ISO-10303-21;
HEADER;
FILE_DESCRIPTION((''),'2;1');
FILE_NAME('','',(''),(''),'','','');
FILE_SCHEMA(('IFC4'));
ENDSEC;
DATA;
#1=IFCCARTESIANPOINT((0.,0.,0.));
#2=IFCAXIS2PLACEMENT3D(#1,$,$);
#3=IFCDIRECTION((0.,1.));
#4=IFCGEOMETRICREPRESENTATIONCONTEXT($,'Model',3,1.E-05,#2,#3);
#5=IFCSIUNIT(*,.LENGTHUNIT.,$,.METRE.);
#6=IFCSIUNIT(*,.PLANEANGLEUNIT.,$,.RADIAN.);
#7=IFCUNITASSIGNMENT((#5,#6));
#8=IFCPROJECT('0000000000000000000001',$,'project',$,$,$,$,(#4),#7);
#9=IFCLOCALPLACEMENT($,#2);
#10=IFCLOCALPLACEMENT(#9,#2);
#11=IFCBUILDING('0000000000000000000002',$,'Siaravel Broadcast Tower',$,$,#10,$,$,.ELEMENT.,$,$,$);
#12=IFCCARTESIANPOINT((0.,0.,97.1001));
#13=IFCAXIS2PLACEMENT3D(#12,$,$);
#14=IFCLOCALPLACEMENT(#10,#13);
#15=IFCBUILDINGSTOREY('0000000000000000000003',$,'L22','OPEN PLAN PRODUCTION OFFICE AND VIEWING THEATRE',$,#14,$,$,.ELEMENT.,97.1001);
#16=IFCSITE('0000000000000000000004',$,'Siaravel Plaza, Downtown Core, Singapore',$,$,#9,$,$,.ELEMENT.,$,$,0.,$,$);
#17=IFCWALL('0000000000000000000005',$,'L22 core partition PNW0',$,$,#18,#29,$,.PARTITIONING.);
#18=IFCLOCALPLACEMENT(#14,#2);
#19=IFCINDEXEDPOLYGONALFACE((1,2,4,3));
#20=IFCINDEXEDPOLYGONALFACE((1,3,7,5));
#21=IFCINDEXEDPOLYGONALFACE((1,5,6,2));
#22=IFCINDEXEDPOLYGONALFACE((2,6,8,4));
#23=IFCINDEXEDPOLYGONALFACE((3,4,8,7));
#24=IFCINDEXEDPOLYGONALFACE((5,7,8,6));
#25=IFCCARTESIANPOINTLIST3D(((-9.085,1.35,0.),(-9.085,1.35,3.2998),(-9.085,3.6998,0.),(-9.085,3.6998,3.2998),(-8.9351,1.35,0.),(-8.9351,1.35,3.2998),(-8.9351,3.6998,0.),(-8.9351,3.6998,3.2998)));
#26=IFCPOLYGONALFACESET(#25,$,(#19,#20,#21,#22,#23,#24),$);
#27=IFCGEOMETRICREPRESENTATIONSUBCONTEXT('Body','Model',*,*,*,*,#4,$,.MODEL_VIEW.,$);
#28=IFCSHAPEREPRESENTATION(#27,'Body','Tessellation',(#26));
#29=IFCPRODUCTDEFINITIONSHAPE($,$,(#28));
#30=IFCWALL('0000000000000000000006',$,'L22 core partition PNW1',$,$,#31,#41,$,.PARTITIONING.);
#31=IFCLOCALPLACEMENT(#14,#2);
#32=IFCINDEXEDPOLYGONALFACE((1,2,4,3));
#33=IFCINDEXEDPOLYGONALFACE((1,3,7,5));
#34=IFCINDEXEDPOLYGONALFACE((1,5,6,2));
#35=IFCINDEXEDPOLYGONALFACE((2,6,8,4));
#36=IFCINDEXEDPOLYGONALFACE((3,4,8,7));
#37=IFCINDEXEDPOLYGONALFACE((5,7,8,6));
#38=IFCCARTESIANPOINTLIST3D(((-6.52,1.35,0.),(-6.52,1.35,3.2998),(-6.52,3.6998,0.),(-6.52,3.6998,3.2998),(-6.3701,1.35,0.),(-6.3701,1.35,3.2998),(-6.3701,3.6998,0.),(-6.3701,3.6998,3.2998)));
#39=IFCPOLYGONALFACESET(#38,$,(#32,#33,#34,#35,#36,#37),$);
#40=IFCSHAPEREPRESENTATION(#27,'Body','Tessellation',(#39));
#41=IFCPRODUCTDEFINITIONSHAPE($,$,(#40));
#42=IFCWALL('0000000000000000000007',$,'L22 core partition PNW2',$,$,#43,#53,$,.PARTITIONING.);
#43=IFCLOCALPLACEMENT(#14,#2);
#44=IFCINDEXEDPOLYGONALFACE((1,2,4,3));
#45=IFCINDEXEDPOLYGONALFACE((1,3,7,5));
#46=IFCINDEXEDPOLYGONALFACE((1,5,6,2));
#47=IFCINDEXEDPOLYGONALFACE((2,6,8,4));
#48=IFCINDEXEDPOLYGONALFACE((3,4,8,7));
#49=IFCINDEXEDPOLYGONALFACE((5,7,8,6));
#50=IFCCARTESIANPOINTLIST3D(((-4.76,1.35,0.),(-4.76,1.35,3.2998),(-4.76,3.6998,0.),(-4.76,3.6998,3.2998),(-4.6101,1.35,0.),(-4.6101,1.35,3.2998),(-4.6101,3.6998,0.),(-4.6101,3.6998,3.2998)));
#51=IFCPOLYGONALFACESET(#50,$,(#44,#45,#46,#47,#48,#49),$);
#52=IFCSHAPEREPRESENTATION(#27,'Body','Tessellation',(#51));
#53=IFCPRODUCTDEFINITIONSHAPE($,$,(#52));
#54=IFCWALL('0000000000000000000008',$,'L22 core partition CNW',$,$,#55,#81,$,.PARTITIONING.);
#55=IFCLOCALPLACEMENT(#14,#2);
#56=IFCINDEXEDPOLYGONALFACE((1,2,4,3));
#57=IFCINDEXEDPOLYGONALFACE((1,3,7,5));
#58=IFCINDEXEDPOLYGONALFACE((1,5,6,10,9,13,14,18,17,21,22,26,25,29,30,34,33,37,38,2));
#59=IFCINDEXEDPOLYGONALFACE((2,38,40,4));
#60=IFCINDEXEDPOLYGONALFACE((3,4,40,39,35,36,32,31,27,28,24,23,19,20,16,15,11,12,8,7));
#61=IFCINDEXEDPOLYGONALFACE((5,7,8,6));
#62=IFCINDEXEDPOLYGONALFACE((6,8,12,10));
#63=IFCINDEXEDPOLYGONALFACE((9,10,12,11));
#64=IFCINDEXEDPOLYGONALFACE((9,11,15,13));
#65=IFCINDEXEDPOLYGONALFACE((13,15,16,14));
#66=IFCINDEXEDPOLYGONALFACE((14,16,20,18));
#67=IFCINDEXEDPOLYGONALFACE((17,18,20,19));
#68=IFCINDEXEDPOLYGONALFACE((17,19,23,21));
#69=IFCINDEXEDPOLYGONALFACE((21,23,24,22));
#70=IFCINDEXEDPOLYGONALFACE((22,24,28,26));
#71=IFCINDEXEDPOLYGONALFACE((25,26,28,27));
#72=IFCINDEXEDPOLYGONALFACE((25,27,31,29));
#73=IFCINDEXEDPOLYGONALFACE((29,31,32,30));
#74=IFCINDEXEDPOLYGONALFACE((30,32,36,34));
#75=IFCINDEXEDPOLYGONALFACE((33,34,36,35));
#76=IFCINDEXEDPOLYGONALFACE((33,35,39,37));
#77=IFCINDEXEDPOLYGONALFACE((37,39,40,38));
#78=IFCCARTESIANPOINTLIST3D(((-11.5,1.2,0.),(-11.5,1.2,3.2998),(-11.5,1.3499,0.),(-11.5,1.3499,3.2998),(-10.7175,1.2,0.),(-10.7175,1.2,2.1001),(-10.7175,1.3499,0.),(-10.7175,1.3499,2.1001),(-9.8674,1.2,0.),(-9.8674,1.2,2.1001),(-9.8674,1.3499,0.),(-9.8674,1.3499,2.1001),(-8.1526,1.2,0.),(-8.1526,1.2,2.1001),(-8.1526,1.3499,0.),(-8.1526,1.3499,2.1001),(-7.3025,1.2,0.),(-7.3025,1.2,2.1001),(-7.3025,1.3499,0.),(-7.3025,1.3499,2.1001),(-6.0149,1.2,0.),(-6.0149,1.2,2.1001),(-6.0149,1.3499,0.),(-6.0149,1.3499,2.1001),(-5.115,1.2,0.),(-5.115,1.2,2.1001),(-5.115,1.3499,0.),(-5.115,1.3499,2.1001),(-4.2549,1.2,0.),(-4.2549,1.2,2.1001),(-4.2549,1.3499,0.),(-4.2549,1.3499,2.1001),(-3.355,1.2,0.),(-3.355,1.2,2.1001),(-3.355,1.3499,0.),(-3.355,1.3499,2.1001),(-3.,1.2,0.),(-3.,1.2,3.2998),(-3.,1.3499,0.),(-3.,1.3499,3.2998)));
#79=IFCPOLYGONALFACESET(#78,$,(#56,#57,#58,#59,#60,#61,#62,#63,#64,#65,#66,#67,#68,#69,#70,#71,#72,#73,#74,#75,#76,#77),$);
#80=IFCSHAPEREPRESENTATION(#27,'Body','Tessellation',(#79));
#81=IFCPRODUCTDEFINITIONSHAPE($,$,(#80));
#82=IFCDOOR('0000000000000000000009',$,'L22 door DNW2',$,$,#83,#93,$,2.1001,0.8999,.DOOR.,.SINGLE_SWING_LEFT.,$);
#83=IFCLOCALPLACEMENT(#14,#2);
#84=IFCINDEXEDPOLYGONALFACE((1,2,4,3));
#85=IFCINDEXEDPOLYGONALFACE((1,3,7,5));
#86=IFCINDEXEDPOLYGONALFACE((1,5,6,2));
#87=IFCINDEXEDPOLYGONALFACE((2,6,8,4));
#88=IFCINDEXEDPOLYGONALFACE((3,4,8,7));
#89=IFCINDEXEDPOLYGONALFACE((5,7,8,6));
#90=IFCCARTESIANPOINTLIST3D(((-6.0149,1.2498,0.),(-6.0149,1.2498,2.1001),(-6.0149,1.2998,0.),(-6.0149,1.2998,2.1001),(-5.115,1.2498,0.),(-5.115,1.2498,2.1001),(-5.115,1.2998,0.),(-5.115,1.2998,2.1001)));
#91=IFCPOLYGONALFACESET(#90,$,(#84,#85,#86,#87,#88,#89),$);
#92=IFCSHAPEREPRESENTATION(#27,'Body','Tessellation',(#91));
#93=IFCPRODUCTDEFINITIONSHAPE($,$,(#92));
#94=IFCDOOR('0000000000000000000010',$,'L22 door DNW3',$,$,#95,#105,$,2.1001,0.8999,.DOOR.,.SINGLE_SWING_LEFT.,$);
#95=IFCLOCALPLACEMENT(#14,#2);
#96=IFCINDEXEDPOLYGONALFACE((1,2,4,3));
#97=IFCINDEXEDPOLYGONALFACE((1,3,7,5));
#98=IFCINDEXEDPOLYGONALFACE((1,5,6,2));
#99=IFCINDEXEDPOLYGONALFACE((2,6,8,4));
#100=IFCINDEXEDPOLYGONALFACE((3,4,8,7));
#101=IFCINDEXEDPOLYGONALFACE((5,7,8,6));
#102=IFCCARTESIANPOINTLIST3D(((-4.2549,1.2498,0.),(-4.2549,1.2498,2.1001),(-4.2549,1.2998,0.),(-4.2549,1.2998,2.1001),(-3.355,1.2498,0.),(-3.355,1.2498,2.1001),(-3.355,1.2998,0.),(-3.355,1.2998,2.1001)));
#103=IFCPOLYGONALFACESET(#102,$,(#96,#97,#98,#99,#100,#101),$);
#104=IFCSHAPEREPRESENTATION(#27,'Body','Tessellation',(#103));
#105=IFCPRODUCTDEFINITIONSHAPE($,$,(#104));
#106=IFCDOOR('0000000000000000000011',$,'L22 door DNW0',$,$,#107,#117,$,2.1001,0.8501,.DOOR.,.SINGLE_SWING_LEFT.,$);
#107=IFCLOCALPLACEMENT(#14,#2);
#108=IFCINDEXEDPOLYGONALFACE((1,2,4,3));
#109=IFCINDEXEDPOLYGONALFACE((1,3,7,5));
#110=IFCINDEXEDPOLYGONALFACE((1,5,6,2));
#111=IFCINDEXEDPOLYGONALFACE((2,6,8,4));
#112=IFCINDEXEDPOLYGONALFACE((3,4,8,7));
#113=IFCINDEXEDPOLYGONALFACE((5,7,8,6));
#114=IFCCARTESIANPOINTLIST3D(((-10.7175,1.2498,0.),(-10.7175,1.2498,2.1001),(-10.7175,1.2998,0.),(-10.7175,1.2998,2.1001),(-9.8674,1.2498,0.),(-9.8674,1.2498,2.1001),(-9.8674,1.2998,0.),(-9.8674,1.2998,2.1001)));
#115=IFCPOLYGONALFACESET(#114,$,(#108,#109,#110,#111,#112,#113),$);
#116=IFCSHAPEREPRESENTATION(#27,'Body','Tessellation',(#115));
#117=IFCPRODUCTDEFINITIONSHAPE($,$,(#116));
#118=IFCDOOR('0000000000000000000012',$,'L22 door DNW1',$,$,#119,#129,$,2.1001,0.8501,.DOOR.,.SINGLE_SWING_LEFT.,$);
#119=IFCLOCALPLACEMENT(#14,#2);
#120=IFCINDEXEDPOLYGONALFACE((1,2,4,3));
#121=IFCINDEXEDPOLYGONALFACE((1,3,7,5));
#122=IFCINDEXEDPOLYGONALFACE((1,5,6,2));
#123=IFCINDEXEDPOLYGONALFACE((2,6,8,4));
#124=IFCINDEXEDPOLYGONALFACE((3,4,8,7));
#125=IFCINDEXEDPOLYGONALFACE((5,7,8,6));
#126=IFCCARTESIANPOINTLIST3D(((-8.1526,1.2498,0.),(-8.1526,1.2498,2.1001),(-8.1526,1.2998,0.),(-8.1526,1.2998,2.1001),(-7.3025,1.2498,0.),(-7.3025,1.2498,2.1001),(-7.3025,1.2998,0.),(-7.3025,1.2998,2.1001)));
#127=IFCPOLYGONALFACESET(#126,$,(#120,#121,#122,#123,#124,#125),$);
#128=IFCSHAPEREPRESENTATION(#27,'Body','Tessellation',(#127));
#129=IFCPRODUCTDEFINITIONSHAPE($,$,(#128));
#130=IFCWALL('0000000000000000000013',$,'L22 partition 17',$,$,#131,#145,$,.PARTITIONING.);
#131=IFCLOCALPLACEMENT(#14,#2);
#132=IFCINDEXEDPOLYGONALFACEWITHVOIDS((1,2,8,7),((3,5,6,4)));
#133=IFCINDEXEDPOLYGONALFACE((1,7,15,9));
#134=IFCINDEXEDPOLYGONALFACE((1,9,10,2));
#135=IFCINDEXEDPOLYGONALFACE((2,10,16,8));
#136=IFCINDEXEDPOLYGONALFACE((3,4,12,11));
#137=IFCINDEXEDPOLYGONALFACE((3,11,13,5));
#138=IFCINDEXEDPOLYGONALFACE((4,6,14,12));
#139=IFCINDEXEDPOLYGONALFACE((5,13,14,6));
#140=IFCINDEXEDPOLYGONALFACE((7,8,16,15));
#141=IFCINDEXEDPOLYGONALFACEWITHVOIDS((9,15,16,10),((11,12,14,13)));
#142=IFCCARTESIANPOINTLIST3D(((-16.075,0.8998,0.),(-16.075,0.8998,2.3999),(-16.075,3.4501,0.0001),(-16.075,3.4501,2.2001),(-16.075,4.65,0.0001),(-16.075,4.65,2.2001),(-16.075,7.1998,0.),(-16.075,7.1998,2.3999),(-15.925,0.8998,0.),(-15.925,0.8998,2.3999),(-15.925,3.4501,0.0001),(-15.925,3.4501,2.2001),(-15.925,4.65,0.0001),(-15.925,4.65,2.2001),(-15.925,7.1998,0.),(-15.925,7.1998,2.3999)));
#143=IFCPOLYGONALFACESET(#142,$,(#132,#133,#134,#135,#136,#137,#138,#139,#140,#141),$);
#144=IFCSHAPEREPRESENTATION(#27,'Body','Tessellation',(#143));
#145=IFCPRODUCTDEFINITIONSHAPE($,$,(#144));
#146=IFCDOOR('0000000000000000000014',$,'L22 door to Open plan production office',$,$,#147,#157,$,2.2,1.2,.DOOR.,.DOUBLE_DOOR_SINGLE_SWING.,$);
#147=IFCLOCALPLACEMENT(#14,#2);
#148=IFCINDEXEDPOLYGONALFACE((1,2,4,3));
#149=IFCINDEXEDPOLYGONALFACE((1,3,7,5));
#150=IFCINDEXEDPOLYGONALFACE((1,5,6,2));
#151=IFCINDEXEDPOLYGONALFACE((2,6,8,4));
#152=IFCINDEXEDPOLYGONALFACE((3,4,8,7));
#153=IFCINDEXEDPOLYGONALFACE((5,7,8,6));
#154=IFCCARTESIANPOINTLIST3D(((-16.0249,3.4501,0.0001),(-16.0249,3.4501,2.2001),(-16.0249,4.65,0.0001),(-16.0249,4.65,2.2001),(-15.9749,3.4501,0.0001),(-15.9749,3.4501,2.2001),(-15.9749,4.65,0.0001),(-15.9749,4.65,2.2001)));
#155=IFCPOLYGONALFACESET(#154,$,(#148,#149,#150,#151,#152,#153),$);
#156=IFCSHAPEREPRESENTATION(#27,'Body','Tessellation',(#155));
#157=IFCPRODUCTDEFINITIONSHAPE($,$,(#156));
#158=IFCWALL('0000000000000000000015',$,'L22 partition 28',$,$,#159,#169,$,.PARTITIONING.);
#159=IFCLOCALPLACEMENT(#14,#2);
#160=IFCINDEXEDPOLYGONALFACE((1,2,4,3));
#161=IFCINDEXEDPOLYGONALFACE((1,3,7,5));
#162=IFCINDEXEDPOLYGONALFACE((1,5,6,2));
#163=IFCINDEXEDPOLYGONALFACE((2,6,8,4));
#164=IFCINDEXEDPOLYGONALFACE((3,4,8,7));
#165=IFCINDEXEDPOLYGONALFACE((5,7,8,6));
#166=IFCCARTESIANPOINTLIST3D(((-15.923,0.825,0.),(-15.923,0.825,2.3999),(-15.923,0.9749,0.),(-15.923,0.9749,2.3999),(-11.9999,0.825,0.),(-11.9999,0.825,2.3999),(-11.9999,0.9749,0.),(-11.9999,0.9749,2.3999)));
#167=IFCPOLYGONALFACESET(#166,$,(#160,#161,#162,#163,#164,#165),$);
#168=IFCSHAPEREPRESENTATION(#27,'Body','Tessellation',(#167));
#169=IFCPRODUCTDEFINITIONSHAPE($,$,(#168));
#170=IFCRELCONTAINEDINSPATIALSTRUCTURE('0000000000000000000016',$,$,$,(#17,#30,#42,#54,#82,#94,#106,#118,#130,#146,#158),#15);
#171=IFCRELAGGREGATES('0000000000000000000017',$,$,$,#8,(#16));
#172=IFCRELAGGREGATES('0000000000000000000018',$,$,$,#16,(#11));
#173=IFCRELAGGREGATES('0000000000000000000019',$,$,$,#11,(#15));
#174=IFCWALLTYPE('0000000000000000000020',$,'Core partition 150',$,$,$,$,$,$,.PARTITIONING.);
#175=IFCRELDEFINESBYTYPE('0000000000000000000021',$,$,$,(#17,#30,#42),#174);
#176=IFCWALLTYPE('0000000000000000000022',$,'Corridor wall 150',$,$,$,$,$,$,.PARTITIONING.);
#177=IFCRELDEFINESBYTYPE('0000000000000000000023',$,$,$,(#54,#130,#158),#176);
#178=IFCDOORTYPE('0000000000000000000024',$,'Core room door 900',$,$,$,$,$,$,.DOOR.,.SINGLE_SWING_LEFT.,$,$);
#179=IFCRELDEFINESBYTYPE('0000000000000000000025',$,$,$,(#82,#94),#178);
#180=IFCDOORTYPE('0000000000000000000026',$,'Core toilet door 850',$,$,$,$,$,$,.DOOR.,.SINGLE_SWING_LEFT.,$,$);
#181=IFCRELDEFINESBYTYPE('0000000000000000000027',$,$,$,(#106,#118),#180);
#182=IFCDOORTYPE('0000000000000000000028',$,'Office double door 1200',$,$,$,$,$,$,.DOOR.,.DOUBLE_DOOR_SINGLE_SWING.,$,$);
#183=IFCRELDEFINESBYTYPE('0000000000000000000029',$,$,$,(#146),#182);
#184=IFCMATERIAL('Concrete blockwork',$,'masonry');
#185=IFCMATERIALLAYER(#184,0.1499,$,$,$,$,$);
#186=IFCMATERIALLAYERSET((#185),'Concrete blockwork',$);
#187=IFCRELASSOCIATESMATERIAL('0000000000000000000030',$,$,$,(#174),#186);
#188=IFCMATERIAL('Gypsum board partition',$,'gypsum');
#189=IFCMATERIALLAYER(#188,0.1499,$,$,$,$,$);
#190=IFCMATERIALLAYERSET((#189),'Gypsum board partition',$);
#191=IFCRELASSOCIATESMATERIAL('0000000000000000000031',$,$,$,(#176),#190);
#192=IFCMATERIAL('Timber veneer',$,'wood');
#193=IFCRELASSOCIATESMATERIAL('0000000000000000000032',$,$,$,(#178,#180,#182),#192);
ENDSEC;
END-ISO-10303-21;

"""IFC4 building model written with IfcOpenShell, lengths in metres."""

from ifc_helpers import new_model, si_unit, direction, frame, frame_2d, origin, place, context, subcontext, project, spatial, rectangle, extrude, material, layer, layer_set, type_object, element, fill, save


model = new_model("IFC4")

# Units and contexts
model_context = context("Model", 3, precision=1e-05, world=origin(), true_north=direction((0.0, 1.0)))
body_context = subcontext(model_context, "Body", "Model", "MODEL_VIEW")
ifc_project = project(units=[si_unit("LENGTHUNIT", "METRE"), si_unit("PLANEANGLEUNIT", "RADIAN")], contexts=[model_context])

# Site, building, storey
site_placement = place(None, origin())
site = spatial("IfcSite", under=ifc_project, at=site_placement, Name="Siaravel Plaza, Downtown Core, Singapore", CompositionType="ELEMENT", RefElevation=0.0)
building_placement = place(site_placement, origin())
building = spatial("IfcBuilding", under=site, at=building_placement, Name="Siaravel Broadcast Tower", CompositionType="ELEMENT")
storey_placement = place(building_placement, frame((0.0, 0.0, 97.1001)))
storey = spatial("IfcBuildingStorey", under=building, at=storey_placement, Name="L22", Description="OPEN PLAN PRODUCTION OFFICE AND VIEWING THEATRE", CompositionType="ELEMENT", Elevation=97.1001)

# Walls
ifc_material_1 = material(Name="Concrete blockwork", Category="masonry")
ifc_layer_1 = layer(ifc_material_1, 0.1499)
ifc_layer_set_1 = layer_set([ifc_layer_1], Name="Concrete blockwork")
wall_type_1 = type_object("IfcWallType", Name="Core partition 150", PredefinedType="PARTITIONING", material=ifc_layer_set_1)
for number, where, z_axis, x_axis, name in (
    (1, (-9.01, 1.3501, 0.0), (0.0, 0.0, 1.0), (0.0, 1.0, 0.0), "L22 core partition PNW0"),
    (2, (-6.4451, 1.3501, 0.0), (0.0, 0.0, 1.0), (0.0, 1.0, 0.0), "L22 core partition PNW1"),
    (3, (-4.6851, 1.3501, 0.0), (0.0, 0.0, 1.0), (0.0, 1.0, 0.0), "L22 core partition PNW2"),
):
    element("IfcWall", number, at=place(storey_placement, frame(where, z_axis=z_axis, x_axis=x_axis)), inside=storey, type_object=wall_type_1, Name=name, PredefinedType="PARTITIONING", context=body_context, shape_type="SweptSolid", body=[
        extrude(rectangle(XDim=2.3499, YDim=0.1499, at=frame_2d((1.1748, 0.0))), origin(), (0.0, 0.0, 1.0), 3.2998),
    ])

# Wall, openings, doors
ifc_material_2 = material(Name="Gypsum board partition", Category="gypsum")
ifc_layer_2 = layer(ifc_material_2, 0.1499)
ifc_layer_set_2 = layer_set([ifc_layer_2], Name="Gypsum board partition")
wall_type_2 = type_object("IfcWallType", Name="Corridor wall 150", PredefinedType="PARTITIONING", material=ifc_layer_set_2)
wall_1_placement = place(storey_placement, frame((-11.5, 1.2749, 0.0), z_axis=(0.0, 0.0, 1.0), x_axis=(1.0, 0.0, 0.0)))
wall_1 = element("IfcWall", 4, at=wall_1_placement, inside=storey, type_object=wall_type_2, Name="L22 core partition CNW", PredefinedType="PARTITIONING", context=body_context, shape_type="SweptSolid", body=[
    extrude(rectangle(XDim=8.5, YDim=0.1499, at=frame_2d((4.25, 0.0))), origin(), (0.0, 0.0, 1.0), 3.2998),
])
opening_1_placement = place(wall_1_placement, frame((0.7825, 0.0, 0.0)))
opening_1 = element("IfcOpeningElement", 5, at=opening_1_placement, cuts=wall_1, PredefinedType="OPENING", context=body_context, shape_type="SweptSolid", body=[
    extrude(rectangle(XDim=0.8501, YDim=2.1001, at=frame_2d((0.425, 1.05))), frame((0.0, 0.085, 0.0), z_axis=(0.0, -1.0, 0.0), x_axis=(1.0, 0.0, 0.0)), (0.0, 0.0, 1.0), 0.1699),
])
opening_2_placement = place(wall_1_placement, frame((3.3474, 0.0, 0.0)))
opening_2 = element("IfcOpeningElement", 6, at=opening_2_placement, cuts=wall_1, PredefinedType="OPENING", context=body_context, shape_type="SweptSolid", body=[
    extrude(rectangle(XDim=0.8501, YDim=2.1001, at=frame_2d((0.425, 1.05))), frame((0.0, 0.085, 0.0), z_axis=(0.0, -1.0, 0.0), x_axis=(1.0, 0.0, 0.0)), (0.0, 0.0, 1.0), 0.1699),
])
opening_3_placement = place(wall_1_placement, frame((5.4851, 0.0, 0.0)))
opening_3 = element("IfcOpeningElement", 7, at=opening_3_placement, cuts=wall_1, PredefinedType="OPENING", context=body_context, shape_type="SweptSolid", body=[
    extrude(rectangle(XDim=0.8999, YDim=2.1001, at=frame_2d((0.45, 1.05))), frame((0.0, 0.085, 0.0), z_axis=(0.0, -1.0, 0.0), x_axis=(1.0, 0.0, 0.0)), (0.0, 0.0, 1.0), 0.1699),
])
opening_4_placement = place(wall_1_placement, frame((7.2451, 0.0, 0.0)))
opening_4 = element("IfcOpeningElement", 8, at=opening_4_placement, cuts=wall_1, PredefinedType="OPENING", context=body_context, shape_type="SweptSolid", body=[
    extrude(rectangle(XDim=0.8999, YDim=2.1001, at=frame_2d((0.45, 1.05))), frame((0.0, 0.085, 0.0), z_axis=(0.0, -1.0, 0.0), x_axis=(1.0, 0.0, 0.0)), (0.0, 0.0, 1.0), 0.1699),
])
ifc_material_3 = material(Name="Timber veneer", Category="wood")
door_type_1 = type_object("IfcDoorType", Name="Core room door 900", OperationType="SINGLE_SWING_LEFT", PredefinedType="DOOR", material=ifc_material_3)
door_1_placement = place(opening_3_placement, origin())
door_1 = element("IfcDoor", 9, at=door_1_placement, inside=storey, type_object=door_type_1, Name="L22 door DNW2", OperationType="SINGLE_SWING_LEFT", OverallHeight=2.1001, OverallWidth=0.8999, PredefinedType="DOOR", context=body_context, shape_type="SweptSolid", body=[
    extrude(rectangle(XDim=0.8999, YDim=2.1001, at=frame_2d((0.45, 1.05))), frame((0.0, 0.0249, 0.0), z_axis=(0.0, -1.0, 0.0), x_axis=(1.0, 0.0, 0.0)), (0.0, 0.0, 1.0), 0.05),
])
fill(opening_3, door_1)
door_2_placement = place(opening_4_placement, origin())
door_2 = element("IfcDoor", 10, at=door_2_placement, inside=storey, type_object=door_type_1, Name="L22 door DNW3", OperationType="SINGLE_SWING_LEFT", OverallHeight=2.1001, OverallWidth=0.8999, PredefinedType="DOOR", context=body_context, shape_type="SweptSolid", body=[
    extrude(rectangle(XDim=0.8999, YDim=2.1001, at=frame_2d((0.45, 1.05))), frame((0.0, 0.0249, 0.0), z_axis=(0.0, -1.0, 0.0), x_axis=(1.0, 0.0, 0.0)), (0.0, 0.0, 1.0), 0.05),
])
fill(opening_4, door_2)
door_type_2 = type_object("IfcDoorType", Name="Core toilet door 850", OperationType="SINGLE_SWING_LEFT", PredefinedType="DOOR", material=ifc_material_3)
door_3_placement = place(opening_1_placement, origin())
door_3 = element("IfcDoor", 11, at=door_3_placement, inside=storey, type_object=door_type_2, Name="L22 door DNW0", OperationType="SINGLE_SWING_LEFT", OverallHeight=2.1001, OverallWidth=0.8501, PredefinedType="DOOR", context=body_context, shape_type="SweptSolid", body=[
    extrude(rectangle(XDim=0.8501, YDim=2.1001, at=frame_2d((0.425, 1.05))), frame((0.0, 0.0249, 0.0), z_axis=(0.0, -1.0, 0.0), x_axis=(1.0, 0.0, 0.0)), (0.0, 0.0, 1.0), 0.05),
])
fill(opening_1, door_3)
door_4_placement = place(opening_2_placement, origin())
door_4 = element("IfcDoor", 12, at=door_4_placement, inside=storey, type_object=door_type_2, Name="L22 door DNW1", OperationType="SINGLE_SWING_LEFT", OverallHeight=2.1001, OverallWidth=0.8501, PredefinedType="DOOR", context=body_context, shape_type="SweptSolid", body=[
    extrude(rectangle(XDim=0.8501, YDim=2.1001, at=frame_2d((0.425, 1.05))), frame((0.0, 0.0249, 0.0), z_axis=(0.0, -1.0, 0.0), x_axis=(1.0, 0.0, 0.0)), (0.0, 0.0, 1.0), 0.05),
])
fill(opening_2, door_4)

# Wall, opening, door
wall_2_placement = place(storey_placement, frame((-16.0, 0.8999, 0.0), z_axis=(0.0, 0.0, 1.0), x_axis=(0.0, 1.0, 0.0)))
wall_2 = element("IfcWall", 13, at=wall_2_placement, inside=storey, type_object=wall_type_2, Name="L22 partition 17", PredefinedType="PARTITIONING", context=body_context, shape_type="SweptSolid", body=[
    extrude(rectangle(XDim=6.3, YDim=0.1499, at=frame_2d((3.1499, 0.0))), origin(), (0.0, 0.0, 1.0), 2.3999),
])
opening_5_placement = place(wall_2_placement, frame((2.55, 0.0, 0.0)))
opening_5 = element("IfcOpeningElement", 14, at=opening_5_placement, cuts=wall_2, PredefinedType="OPENING", context=body_context, shape_type="SweptSolid", body=[
    extrude(rectangle(XDim=1.2, YDim=2.2, at=frame_2d((0.6001, 1.1001))), frame((0.0, 0.085, 0.0), z_axis=(0.0, -1.0, 0.0), x_axis=(1.0, 0.0, 0.0)), (0.0, 0.0, 1.0), 0.1699),
])
door_type_3 = type_object("IfcDoorType", Name="Office double door 1200", OperationType="DOUBLE_DOOR_SINGLE_SWING", PredefinedType="DOOR", material=ifc_material_3)
door_5_placement = place(opening_5_placement, origin())
door_5 = element("IfcDoor", 15, at=door_5_placement, inside=storey, type_object=door_type_3, Name="L22 door to Open plan production office", OperationType="DOUBLE_DOOR_SINGLE_SWING", OverallHeight=2.2, OverallWidth=1.2, PredefinedType="DOOR", context=body_context, shape_type="SweptSolid", body=[
    extrude(rectangle(XDim=1.2, YDim=2.2, at=frame_2d((0.6001, 1.1001))), frame((0.0, 0.0249, 0.0), z_axis=(0.0, -1.0, 0.0), x_axis=(1.0, 0.0, 0.0)), (0.0, 0.0, 1.0), 0.05),
])
fill(opening_5, door_5)

# Wall
wall_3_placement = place(storey_placement, frame((-12.0, 0.8999, 0.0), z_axis=(0.0, 0.0, 1.0), x_axis=(-1.0, 0.0, 0.0)))
element("IfcWall", 16, at=wall_3_placement, inside=storey, type_object=wall_type_2, Name="L22 partition 28", PredefinedType="PARTITIONING", context=body_context, shape_type="SweptSolid", body=[
    extrude(rectangle(XDim=3.9231, YDim=0.1499, at=frame_2d((1.9614, 0.0))), origin(), (0.0, 0.0, 1.0), 2.3999),
])

save(model, "model.ifc")
